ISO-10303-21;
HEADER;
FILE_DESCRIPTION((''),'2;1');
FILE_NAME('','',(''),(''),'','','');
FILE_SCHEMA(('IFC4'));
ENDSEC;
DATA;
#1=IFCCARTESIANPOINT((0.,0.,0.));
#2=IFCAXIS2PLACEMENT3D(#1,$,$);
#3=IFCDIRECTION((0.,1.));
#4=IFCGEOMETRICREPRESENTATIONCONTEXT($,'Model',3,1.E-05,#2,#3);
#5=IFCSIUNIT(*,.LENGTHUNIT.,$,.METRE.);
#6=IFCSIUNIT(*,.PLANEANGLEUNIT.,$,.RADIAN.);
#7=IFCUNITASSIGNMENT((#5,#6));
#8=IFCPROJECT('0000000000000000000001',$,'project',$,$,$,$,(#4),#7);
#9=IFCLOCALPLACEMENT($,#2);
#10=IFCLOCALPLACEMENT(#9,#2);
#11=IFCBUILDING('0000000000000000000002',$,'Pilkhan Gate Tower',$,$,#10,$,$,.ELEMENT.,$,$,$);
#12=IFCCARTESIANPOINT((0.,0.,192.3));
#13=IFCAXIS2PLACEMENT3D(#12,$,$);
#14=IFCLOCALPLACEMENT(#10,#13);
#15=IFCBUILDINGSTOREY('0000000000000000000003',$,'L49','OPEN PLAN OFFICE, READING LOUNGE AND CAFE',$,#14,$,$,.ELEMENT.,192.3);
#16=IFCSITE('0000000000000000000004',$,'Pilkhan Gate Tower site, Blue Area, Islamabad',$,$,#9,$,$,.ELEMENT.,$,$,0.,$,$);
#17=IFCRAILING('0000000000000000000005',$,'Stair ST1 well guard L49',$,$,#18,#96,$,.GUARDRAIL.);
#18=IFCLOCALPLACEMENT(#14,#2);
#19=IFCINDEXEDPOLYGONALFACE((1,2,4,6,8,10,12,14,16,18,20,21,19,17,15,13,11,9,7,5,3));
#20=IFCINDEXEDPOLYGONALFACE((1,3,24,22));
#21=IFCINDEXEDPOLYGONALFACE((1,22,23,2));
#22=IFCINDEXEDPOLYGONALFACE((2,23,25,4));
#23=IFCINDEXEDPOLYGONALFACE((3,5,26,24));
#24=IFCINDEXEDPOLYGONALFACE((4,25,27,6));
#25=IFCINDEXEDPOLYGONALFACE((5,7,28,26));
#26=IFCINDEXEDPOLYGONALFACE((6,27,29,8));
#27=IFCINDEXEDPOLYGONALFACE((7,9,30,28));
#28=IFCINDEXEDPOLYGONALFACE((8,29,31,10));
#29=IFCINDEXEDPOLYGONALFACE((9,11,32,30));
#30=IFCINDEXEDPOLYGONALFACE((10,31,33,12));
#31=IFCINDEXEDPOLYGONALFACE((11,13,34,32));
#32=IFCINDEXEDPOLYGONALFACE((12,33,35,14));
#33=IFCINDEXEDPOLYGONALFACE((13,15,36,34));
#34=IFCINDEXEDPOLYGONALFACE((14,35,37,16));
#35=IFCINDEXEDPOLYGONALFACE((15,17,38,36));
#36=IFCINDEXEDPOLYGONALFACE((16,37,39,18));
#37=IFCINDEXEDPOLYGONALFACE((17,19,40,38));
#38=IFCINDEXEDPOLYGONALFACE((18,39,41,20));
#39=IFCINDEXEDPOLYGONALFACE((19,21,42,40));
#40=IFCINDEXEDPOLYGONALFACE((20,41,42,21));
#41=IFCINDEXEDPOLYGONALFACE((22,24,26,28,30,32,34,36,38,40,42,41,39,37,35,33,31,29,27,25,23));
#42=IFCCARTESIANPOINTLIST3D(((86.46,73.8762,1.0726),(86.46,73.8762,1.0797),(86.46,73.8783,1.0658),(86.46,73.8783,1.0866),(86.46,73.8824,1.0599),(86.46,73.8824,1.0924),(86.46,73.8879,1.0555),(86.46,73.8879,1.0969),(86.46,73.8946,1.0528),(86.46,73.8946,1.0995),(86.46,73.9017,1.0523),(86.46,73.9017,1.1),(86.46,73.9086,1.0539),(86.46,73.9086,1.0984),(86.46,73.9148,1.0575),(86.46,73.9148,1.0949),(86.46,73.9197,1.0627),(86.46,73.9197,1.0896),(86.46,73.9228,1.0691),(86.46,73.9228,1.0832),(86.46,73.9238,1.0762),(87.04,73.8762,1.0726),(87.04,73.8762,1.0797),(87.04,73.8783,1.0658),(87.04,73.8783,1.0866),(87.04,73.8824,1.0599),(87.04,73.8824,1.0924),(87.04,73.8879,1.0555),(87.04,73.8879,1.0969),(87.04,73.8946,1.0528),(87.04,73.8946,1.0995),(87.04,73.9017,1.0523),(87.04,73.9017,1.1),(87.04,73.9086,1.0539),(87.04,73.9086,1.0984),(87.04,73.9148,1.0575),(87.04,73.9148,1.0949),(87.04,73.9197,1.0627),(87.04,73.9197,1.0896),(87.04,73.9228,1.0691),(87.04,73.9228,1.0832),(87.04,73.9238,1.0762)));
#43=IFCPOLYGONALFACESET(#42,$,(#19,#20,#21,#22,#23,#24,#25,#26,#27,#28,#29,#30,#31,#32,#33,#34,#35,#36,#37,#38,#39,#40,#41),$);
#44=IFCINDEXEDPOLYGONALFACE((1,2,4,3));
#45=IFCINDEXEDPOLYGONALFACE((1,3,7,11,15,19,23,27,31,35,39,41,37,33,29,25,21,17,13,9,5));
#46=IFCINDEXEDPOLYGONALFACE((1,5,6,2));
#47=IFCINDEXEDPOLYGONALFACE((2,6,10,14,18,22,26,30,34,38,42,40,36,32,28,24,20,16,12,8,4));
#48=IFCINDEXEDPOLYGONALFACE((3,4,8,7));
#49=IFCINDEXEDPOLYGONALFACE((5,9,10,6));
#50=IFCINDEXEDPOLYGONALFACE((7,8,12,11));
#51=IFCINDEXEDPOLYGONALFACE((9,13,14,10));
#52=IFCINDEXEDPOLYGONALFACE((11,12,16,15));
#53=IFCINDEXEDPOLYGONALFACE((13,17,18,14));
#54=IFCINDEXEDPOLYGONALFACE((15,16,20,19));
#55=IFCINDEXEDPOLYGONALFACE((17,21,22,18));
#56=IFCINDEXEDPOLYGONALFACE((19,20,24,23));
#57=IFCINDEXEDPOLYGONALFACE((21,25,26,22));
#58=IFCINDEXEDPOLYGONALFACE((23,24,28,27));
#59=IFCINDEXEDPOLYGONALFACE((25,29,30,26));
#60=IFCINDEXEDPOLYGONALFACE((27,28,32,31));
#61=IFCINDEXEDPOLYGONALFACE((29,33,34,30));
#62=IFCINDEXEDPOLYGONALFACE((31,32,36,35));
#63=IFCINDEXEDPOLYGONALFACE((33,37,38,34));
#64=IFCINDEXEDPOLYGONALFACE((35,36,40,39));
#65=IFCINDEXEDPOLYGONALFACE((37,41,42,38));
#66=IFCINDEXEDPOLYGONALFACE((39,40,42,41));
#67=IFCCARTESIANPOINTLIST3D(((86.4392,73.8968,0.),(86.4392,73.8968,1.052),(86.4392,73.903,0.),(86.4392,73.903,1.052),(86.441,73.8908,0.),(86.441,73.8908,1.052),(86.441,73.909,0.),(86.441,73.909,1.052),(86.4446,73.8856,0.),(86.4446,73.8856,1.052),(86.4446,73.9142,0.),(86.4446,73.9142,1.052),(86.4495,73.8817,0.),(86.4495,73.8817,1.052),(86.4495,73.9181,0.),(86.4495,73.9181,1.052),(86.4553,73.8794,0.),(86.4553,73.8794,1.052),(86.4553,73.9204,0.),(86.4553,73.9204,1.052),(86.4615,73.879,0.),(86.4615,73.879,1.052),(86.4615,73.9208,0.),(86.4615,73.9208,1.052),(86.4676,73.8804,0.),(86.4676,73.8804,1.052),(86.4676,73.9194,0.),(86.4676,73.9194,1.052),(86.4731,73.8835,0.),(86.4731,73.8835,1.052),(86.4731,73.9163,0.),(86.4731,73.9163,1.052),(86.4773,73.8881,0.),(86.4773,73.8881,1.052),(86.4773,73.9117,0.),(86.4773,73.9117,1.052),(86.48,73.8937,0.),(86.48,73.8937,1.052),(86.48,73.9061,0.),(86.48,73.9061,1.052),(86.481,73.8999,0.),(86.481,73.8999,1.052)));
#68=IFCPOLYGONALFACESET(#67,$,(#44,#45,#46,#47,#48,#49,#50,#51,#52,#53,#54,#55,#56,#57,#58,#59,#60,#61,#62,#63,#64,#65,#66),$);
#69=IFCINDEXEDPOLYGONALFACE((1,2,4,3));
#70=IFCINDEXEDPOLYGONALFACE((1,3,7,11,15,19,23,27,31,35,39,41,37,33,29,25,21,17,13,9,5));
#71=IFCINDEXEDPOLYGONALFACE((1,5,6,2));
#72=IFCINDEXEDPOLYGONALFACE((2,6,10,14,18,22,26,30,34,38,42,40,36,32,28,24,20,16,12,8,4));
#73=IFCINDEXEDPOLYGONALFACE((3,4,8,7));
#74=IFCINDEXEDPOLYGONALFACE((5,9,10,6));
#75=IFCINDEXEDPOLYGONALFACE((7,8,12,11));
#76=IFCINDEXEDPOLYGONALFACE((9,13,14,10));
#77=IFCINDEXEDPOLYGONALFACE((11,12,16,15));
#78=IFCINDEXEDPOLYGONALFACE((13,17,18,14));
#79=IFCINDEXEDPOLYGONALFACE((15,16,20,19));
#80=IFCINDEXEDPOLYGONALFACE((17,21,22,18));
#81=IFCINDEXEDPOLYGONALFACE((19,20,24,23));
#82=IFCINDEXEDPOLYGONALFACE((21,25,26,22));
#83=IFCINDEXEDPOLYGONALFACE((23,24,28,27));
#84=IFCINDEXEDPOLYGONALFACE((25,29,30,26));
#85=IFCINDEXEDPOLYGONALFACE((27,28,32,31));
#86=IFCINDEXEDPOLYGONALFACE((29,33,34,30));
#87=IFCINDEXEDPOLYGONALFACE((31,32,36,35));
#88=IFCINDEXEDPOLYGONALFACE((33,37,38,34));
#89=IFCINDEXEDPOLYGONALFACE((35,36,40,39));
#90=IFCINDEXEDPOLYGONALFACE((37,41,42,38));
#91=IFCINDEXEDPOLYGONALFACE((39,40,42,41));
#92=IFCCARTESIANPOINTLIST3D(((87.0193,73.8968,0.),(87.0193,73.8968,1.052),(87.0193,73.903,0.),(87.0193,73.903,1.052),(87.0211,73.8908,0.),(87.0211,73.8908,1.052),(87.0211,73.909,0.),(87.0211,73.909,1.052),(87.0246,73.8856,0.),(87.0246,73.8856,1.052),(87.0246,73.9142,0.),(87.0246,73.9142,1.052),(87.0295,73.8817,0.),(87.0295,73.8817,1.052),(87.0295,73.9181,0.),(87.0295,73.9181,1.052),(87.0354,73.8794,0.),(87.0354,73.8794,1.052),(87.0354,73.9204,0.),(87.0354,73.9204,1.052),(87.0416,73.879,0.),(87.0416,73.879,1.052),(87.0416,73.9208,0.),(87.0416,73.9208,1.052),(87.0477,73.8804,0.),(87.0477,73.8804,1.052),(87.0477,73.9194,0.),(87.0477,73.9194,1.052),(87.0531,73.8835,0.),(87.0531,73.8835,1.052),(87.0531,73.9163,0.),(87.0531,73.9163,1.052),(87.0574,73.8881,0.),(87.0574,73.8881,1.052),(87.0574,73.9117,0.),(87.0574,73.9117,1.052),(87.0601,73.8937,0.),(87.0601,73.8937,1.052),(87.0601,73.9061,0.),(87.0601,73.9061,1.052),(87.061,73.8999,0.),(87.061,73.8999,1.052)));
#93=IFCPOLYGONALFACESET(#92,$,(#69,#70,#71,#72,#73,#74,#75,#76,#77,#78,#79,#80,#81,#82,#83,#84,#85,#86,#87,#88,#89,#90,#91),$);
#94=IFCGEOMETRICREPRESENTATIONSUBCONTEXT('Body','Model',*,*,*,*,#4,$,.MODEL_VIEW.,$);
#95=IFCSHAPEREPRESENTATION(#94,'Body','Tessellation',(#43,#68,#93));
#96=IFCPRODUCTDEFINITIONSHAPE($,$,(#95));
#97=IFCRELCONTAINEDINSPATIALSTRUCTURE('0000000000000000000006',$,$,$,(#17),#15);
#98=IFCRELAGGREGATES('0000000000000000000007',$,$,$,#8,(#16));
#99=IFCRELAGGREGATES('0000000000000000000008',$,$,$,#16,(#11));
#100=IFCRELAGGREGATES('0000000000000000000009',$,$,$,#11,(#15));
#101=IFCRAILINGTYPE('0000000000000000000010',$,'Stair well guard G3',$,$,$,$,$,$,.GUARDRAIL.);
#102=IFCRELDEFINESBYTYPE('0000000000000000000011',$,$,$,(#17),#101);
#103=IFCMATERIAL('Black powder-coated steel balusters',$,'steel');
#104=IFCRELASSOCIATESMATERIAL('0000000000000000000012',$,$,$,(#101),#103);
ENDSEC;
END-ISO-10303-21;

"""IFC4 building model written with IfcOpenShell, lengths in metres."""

from ifc_helpers import new_model, si_unit, direction, frame, origin, origin_2d, place, context, subcontext, project, spatial, circle, extrude, material, type_object, element, save


model = new_model("IFC4")

# Units and contexts
model_context = context("Model", 3, precision=1e-05, world=origin(), true_north=direction((0.0, 1.0)))
body_context = subcontext(model_context, "Body", "Model", "MODEL_VIEW")
ifc_project = project(units=[si_unit("LENGTHUNIT", "METRE"), si_unit("PLANEANGLEUNIT", "RADIAN")], contexts=[model_context])

# Site, building, storey
site_placement = place(None, origin())
site = spatial("IfcSite", under=ifc_project, at=site_placement, Name="Pilkhan Gate Tower site, Blue Area, Islamabad", CompositionType="ELEMENT", RefElevation=0.0)
building_placement = place(site_placement, origin())
building = spatial("IfcBuilding", under=site, at=building_placement, Name="Pilkhan Gate Tower", CompositionType="ELEMENT")
storey_placement = place(building_placement, frame((0.0, 0.0, 192.3)))
storey = spatial("IfcBuildingStorey", under=building, at=storey_placement, Name="L49", Description="OPEN PLAN OFFICE, READING LOUNGE AND CAFE", CompositionType="ELEMENT", Elevation=192.3)

# Railing
ifc_material_1 = material(Name="Black powder-coated steel balusters", Category="steel")
railing_type_1 = type_object("IfcRailingType", Name="Stair well guard G3", PredefinedType="GUARDRAIL", material=ifc_material_1)
railing_1_placement = place(storey_placement, frame((86.46, 73.8999, 0.0)))
element("IfcRailing", 1, at=railing_1_placement, inside=storey, type_object=railing_type_1, Name="Stair ST1 well guard L49", PredefinedType="GUARDRAIL", context=body_context, shape_type="SweptSolid", body=[
    extrude(circle(Radius=0.0239, at=origin_2d()), frame((0.0, 0.0, 1.0762), z_axis=(1.0, 0.0, 0.0), x_axis=(0.0, 1.0, 0.0)), (0.0, 0.0, 1.0), 0.5801),
    extrude(circle(Radius=0.021, at=origin_2d()), origin(), (0.0, 0.0, 1.0), 1.052),
    extrude(circle(Radius=0.021, at=origin_2d()), frame((0.5801, 0.0, 0.0)), (0.0, 0.0, 1.0), 1.052),
])

save(model, "model.ifc")
